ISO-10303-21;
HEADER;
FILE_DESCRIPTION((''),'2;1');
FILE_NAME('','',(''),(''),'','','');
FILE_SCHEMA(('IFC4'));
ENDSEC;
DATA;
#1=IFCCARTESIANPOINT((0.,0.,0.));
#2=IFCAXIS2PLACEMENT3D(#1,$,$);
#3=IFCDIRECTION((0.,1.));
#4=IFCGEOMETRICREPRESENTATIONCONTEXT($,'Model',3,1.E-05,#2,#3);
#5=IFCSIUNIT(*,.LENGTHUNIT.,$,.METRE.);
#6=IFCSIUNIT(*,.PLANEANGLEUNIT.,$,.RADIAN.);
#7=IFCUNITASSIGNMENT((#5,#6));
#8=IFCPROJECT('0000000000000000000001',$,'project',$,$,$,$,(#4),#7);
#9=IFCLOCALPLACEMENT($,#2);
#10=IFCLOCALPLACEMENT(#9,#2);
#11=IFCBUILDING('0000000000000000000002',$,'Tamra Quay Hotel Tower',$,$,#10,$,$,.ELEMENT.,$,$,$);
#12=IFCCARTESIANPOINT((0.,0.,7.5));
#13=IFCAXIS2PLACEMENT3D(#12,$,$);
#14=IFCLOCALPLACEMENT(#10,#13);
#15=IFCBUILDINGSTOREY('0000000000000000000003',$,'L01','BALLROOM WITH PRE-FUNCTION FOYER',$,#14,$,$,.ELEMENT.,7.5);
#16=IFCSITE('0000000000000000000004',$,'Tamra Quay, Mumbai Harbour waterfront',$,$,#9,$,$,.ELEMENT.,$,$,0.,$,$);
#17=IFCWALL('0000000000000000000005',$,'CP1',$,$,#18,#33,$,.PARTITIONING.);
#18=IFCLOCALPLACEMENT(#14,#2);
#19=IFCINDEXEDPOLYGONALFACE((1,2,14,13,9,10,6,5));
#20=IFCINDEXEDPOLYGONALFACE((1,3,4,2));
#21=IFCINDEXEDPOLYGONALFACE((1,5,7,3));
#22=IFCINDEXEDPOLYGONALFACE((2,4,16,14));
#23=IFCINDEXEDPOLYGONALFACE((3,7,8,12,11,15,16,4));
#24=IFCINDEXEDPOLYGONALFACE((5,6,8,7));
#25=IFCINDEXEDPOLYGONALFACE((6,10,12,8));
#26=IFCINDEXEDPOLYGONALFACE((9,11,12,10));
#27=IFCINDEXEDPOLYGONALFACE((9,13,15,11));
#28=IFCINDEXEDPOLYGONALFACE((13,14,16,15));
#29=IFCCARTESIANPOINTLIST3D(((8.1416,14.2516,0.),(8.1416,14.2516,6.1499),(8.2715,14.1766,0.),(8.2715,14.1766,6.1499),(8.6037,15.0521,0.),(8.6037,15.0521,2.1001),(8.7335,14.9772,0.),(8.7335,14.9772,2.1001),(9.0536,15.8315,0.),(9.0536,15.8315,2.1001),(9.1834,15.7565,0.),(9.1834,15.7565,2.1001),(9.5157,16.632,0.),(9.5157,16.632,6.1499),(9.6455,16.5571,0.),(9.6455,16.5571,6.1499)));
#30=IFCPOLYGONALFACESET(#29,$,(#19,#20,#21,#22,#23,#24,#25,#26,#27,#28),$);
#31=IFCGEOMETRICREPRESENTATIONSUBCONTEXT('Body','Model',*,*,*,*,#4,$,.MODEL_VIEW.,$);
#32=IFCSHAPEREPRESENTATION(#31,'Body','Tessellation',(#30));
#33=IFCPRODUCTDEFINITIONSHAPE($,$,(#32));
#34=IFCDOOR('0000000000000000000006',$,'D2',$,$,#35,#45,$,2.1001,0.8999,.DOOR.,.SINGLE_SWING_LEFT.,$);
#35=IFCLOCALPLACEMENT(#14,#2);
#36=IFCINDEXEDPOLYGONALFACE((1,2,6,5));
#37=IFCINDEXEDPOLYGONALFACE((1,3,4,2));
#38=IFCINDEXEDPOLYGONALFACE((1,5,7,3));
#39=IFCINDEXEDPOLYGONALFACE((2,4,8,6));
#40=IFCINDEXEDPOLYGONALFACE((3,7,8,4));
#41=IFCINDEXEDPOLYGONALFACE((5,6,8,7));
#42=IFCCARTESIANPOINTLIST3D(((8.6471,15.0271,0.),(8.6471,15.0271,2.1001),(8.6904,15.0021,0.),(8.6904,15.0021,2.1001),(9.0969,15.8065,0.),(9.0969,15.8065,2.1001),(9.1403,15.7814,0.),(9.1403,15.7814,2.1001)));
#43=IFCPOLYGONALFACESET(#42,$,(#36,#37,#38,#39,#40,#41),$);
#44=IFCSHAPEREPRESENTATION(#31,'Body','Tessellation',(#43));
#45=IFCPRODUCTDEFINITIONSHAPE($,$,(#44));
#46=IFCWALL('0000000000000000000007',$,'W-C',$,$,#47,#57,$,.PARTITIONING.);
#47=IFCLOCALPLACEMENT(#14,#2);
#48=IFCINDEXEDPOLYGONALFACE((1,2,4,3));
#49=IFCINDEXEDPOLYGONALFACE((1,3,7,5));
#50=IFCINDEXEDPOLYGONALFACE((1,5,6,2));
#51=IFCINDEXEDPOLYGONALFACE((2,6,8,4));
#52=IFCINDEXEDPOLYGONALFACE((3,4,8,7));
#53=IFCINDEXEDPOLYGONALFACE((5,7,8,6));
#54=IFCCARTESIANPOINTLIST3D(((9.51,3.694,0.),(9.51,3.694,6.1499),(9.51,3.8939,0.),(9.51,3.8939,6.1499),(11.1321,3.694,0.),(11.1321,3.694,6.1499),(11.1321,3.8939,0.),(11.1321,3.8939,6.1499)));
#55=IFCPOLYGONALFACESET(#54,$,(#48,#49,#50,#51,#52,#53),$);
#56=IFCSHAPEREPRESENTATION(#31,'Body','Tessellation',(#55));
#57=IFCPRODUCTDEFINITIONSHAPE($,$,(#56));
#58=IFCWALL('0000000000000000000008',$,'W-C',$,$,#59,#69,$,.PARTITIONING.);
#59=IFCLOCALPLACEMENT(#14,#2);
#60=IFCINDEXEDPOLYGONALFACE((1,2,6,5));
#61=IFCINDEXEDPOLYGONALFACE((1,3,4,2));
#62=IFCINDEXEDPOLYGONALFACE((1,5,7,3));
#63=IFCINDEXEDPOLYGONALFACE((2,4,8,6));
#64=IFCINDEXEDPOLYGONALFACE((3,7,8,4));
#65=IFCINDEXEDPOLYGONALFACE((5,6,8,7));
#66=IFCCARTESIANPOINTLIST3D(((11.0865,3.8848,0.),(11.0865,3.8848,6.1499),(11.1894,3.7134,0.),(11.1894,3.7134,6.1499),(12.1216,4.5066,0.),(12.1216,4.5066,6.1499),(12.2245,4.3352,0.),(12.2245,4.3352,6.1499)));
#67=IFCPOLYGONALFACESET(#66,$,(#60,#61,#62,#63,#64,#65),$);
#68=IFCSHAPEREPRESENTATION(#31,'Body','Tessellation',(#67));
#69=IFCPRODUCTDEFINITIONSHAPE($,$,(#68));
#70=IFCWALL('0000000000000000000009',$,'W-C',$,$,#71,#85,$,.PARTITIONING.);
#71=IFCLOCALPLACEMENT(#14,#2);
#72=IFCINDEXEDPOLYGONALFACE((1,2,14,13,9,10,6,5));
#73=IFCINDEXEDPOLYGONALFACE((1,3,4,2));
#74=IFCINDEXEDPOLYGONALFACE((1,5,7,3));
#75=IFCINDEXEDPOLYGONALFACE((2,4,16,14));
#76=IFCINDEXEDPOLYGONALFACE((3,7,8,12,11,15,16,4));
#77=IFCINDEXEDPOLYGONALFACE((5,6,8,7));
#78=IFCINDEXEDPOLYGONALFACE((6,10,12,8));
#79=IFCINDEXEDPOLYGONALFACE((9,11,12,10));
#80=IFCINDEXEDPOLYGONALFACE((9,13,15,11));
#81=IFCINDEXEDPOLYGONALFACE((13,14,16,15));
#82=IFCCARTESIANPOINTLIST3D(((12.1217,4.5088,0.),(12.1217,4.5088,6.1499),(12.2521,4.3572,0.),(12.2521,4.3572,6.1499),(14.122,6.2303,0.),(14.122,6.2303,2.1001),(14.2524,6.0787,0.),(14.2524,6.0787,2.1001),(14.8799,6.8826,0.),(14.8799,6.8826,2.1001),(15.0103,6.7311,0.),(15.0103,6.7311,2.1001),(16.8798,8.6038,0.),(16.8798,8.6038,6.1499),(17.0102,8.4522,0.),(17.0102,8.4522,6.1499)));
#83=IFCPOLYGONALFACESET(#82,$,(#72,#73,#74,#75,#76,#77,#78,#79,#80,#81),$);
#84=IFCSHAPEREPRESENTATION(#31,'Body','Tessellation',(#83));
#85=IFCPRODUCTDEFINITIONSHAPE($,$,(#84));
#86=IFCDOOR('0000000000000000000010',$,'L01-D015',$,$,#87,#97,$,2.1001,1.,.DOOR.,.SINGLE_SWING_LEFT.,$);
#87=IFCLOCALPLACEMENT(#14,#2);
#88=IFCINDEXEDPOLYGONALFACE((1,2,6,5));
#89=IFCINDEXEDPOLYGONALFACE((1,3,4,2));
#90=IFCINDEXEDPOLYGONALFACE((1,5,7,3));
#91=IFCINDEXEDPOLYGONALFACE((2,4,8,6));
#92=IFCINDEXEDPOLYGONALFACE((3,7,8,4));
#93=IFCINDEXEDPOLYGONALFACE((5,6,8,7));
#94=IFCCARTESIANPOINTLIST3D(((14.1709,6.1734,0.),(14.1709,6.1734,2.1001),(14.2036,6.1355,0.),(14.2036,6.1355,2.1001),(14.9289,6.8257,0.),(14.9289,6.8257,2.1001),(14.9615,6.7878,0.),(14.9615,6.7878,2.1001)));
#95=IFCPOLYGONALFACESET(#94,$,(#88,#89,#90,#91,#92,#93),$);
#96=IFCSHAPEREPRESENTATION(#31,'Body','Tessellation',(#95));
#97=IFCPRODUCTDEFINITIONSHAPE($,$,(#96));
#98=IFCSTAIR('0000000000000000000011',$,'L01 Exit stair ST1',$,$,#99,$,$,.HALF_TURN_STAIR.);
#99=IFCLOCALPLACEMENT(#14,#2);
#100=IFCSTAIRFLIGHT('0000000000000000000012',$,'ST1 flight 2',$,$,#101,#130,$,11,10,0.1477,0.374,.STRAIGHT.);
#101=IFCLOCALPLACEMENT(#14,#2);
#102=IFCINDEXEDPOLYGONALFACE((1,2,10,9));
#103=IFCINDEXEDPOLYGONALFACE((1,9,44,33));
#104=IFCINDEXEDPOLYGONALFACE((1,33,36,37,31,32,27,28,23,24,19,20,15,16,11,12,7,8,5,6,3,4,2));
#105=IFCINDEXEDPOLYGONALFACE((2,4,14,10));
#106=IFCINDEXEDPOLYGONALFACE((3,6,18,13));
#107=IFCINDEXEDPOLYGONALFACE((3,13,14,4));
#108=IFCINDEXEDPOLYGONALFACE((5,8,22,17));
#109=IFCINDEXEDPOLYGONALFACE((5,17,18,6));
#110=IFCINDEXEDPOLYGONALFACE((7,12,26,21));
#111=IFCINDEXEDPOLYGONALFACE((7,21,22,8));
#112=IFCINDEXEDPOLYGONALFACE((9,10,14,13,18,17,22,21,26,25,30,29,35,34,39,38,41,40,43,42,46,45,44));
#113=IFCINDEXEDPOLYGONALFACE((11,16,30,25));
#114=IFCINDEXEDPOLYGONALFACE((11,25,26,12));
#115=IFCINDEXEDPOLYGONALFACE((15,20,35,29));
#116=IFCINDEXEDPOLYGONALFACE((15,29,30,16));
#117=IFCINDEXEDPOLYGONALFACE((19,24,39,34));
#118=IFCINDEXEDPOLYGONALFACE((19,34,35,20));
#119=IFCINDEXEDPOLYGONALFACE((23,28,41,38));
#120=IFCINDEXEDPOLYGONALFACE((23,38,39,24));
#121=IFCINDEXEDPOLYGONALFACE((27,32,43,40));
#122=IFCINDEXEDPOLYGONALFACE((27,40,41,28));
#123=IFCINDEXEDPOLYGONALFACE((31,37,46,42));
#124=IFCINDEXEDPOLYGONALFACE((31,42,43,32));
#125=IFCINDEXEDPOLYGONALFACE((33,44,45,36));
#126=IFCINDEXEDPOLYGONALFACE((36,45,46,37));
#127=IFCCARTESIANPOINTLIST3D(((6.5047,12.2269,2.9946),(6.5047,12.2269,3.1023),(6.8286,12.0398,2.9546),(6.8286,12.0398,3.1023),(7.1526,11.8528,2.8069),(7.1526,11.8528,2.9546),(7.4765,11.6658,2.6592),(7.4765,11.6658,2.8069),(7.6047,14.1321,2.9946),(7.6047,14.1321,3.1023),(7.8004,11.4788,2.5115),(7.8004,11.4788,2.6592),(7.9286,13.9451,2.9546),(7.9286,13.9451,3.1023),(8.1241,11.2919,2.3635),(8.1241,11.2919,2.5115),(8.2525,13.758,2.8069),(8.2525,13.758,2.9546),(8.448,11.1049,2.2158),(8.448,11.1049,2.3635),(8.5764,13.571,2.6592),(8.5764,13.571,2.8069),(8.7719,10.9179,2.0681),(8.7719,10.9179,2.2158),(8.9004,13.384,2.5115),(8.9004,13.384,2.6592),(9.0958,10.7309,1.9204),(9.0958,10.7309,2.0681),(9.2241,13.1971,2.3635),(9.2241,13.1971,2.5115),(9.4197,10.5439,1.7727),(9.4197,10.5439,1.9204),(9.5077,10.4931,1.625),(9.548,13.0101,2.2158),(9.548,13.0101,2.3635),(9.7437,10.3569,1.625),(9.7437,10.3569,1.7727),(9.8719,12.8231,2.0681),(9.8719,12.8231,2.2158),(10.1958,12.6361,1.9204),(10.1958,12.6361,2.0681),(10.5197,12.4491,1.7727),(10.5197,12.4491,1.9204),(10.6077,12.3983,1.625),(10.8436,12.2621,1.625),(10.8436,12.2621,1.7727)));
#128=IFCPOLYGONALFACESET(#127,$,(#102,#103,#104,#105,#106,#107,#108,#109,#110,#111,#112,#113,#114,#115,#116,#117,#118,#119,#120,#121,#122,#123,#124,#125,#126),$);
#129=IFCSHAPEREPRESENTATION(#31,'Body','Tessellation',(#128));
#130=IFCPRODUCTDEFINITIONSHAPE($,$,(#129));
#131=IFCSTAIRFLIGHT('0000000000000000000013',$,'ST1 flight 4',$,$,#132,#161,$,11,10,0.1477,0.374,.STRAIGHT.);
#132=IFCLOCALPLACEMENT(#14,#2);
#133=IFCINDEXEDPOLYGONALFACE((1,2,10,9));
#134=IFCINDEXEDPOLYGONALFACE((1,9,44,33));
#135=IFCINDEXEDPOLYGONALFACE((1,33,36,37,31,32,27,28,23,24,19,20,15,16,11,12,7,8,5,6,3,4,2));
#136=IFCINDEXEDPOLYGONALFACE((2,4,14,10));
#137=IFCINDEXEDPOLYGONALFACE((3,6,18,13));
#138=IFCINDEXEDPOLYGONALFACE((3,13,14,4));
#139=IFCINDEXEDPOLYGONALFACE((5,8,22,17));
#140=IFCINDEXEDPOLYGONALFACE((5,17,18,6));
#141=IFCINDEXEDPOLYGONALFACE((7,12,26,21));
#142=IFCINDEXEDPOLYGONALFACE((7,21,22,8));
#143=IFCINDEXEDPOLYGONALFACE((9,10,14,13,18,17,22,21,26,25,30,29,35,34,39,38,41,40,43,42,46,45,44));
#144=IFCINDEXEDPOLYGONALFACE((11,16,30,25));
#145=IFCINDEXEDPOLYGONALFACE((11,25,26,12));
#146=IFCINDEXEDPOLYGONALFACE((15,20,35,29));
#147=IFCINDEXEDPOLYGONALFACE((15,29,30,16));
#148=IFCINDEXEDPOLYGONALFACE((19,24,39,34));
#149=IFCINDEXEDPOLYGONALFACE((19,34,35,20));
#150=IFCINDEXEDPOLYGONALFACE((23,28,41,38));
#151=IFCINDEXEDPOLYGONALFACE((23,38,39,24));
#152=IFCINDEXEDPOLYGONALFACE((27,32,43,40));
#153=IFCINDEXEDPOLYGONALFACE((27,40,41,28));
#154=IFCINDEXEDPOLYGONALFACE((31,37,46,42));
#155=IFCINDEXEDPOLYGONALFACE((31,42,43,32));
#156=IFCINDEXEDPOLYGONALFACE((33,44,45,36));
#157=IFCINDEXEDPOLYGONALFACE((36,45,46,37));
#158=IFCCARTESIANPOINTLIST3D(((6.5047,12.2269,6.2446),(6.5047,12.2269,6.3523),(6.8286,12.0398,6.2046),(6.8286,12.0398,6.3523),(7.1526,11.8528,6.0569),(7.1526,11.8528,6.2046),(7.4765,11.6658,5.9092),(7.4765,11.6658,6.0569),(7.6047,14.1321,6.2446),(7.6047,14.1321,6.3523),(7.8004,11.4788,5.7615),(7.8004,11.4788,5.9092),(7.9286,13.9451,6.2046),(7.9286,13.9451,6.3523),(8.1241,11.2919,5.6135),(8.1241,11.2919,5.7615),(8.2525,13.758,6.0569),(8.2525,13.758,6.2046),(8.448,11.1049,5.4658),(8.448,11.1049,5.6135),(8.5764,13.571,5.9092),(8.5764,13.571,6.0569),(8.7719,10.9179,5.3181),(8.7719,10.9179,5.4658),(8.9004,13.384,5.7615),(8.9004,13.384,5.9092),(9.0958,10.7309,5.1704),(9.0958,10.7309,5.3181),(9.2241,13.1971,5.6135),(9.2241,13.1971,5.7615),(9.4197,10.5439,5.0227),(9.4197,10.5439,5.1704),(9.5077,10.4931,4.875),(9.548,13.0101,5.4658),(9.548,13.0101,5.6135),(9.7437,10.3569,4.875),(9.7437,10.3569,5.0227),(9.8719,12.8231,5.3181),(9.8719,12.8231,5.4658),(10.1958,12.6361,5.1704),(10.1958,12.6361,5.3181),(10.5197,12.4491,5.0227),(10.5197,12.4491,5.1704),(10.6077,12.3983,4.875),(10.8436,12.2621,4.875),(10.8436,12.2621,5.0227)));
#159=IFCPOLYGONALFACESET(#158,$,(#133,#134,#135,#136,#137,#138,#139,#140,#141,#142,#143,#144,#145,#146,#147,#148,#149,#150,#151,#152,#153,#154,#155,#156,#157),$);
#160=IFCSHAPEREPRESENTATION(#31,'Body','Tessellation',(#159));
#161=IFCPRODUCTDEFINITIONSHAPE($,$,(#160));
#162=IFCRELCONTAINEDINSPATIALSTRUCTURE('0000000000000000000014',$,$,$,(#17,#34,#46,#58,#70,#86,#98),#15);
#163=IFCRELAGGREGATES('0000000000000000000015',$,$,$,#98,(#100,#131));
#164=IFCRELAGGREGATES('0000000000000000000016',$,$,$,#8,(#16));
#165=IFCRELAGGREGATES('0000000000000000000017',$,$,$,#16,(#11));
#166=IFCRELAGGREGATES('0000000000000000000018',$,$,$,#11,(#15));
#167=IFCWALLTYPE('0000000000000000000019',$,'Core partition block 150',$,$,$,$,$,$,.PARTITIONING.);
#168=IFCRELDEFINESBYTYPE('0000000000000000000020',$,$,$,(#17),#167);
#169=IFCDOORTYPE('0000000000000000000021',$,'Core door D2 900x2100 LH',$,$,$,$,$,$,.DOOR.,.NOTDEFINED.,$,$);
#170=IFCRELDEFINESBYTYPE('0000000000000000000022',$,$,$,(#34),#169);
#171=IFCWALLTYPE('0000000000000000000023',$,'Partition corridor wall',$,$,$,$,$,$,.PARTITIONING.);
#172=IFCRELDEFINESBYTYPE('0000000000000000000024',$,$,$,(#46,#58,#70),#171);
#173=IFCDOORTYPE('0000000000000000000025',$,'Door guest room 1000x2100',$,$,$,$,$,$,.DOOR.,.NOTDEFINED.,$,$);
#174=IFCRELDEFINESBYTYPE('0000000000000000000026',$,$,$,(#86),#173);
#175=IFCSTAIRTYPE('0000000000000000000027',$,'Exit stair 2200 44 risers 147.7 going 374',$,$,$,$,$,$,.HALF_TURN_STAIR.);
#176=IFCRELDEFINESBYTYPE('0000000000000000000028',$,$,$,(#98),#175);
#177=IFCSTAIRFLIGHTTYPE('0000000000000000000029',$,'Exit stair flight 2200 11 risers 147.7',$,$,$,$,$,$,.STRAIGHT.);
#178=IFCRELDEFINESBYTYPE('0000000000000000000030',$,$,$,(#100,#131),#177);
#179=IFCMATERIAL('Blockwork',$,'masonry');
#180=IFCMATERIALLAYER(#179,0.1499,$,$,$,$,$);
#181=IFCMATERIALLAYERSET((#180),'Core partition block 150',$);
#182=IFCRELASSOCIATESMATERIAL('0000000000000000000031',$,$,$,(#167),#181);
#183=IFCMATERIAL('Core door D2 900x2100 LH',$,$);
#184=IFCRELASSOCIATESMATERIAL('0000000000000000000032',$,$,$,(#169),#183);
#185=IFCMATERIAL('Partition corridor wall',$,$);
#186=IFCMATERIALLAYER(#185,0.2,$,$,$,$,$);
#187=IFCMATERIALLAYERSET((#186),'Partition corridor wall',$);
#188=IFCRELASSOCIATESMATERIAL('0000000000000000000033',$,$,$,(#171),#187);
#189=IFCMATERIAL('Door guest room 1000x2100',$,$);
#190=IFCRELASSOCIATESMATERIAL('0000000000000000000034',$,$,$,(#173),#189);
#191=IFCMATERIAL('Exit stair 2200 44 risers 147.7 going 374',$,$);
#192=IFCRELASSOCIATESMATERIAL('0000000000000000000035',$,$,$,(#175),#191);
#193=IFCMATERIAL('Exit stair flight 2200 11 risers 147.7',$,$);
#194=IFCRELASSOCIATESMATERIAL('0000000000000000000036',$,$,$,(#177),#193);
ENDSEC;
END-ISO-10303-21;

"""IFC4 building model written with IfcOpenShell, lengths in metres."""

from ifc_helpers import new_model, si_unit, direction, frame, frame_2d, origin, place, context, subcontext, project, spatial, polyline, rectangle, outline, extrude, material, layer, layer_set, type_object, element, fill, aggregate, save


model = new_model("IFC4")

# Units and contexts
model_context = context("Model", 3, precision=1e-05, world=origin(), true_north=direction((0.0, 1.0)))
body_context = subcontext(model_context, "Body", "Model", "MODEL_VIEW")
ifc_project = project(units=[si_unit("LENGTHUNIT", "METRE"), si_unit("PLANEANGLEUNIT", "RADIAN")], contexts=[model_context])

# Site, building, storey
site_placement = place(None, origin())
site = spatial("IfcSite", under=ifc_project, at=site_placement, Name="Tamra Quay, Mumbai Harbour waterfront", CompositionType="ELEMENT", RefElevation=0.0)
building_placement = place(site_placement, origin())
building = spatial("IfcBuilding", under=site, at=building_placement, Name="Tamra Quay Hotel Tower", CompositionType="ELEMENT")
storey_placement = place(building_placement, frame((0.0, 0.0, 7.5)))
storey = spatial("IfcBuildingStorey", under=building, at=storey_placement, Name="L01", Description="BALLROOM WITH PRE-FUNCTION FOYER", CompositionType="ELEMENT", Elevation=7.5)

# Wall, opening, door
ifc_material_1 = material(Name="Blockwork", Category="masonry")
ifc_layer_1 = layer(ifc_material_1, 0.1499)
ifc_layer_set_1 = layer_set([ifc_layer_1], Name="Core partition block 150")
wall_type_1 = type_object("IfcWallType", Name="Core partition block 150", PredefinedType="PARTITIONING", material=ifc_layer_set_1)
wall_1_placement = place(storey_placement, frame((8.2065, 14.2141, 0.0), z_axis=(0.0, 0.0, 1.0), x_axis=(0.499922, 0.86607, 0.0)))
wall_1 = element("IfcWall", 1, at=wall_1_placement, inside=storey, type_object=wall_type_1, Name="CP1", PredefinedType="PARTITIONING", context=body_context, shape_type="SweptSolid", body=[
    extrude(rectangle(XDim=2.7485, YDim=0.1499, at=frame_2d((1.3743, 0.0))), origin(), (0.0, 0.0, 1.0), 6.1499),
])
opening_1_placement = place(wall_1_placement, frame((0.9243, 0.0, 0.0)))
opening_1 = element("IfcOpeningElement", 2, at=opening_1_placement, cuts=wall_1, PredefinedType="OPENING", context=body_context, shape_type="SweptSolid", body=[
    extrude(rectangle(XDim=0.8999, YDim=2.1001, at=frame_2d((0.45, 1.05))), frame((0.0, 0.085, 0.0), z_axis=(0.0, -1.0, 0.0), x_axis=(1.0, 0.0, 0.0)), (0.0, 0.0, 1.0), 0.1699),
])
ifc_material_2 = material(Name="Core door D2 900x2100 LH")
door_type_1 = type_object("IfcDoorType", Name="Core door D2 900x2100 LH", OperationType="NOTDEFINED", PredefinedType="DOOR", material=ifc_material_2)
door_1_placement = place(opening_1_placement, origin())
door_1 = element("IfcDoor", 3, at=door_1_placement, inside=storey, type_object=door_type_1, Name="D2", OperationType="SINGLE_SWING_LEFT", OverallHeight=2.1001, OverallWidth=0.8999, PredefinedType="DOOR", context=body_context, shape_type="SweptSolid", body=[
    extrude(rectangle(XDim=0.8999, YDim=2.1001, at=frame_2d((0.45, 1.05))), frame((0.0, 0.0249, 0.0), z_axis=(0.0, -1.0, 0.0), x_axis=(1.0, 0.0, 0.0)), (0.0, 0.0, 1.0), 0.05),
])
fill(opening_1, door_1)

# Walls
ifc_material_3 = material(Name="Partition corridor wall")
ifc_layer_2 = layer(ifc_material_3, 0.2)
ifc_layer_set_2 = layer_set([ifc_layer_2], Name="Partition corridor wall")
wall_type_2 = type_object("IfcWallType", Name="Partition corridor wall", PredefinedType="PARTITIONING", material=ifc_layer_set_2)
wall_2_placement = place(storey_placement, frame((9.51, 3.7939, 0.0), z_axis=(0.0, 0.0, 1.0), x_axis=(1.0, 0.0, 0.0)))
element("IfcWall", 4, at=wall_2_placement, inside=storey, type_object=wall_type_2, Name="W-C", PredefinedType="PARTITIONING", context=body_context, shape_type="SweptSolid", body=[
    extrude(rectangle(XDim=1.6221, YDim=0.2, at=frame_2d((0.811, 0.0))), origin(), (0.0, 0.0, 1.0), 6.1499),
])
wall_3_placement = place(storey_placement, frame((11.1379, 3.7991, 0.0), z_axis=(0.0, 0.0, 1.0), x_axis=(0.857225, 0.514942, 0.0)))
element("IfcWall", 5, at=wall_3_placement, inside=storey, type_object=wall_type_2, Name="W-C", PredefinedType="PARTITIONING", context=body_context, shape_type="SweptSolid", body=[
    extrude(rectangle(XDim=1.2075, YDim=0.2, at=frame_2d((0.6038, 0.0))), origin(), (0.0, 0.0, 1.0), 6.1499),
])

# Wall, opening, door
wall_4_placement = place(storey_placement, frame((12.187, 4.4331, 0.0), z_axis=(0.0, 0.0, 1.0), x_axis=(0.757946, 0.652318, 0.0)))
wall_4 = element("IfcWall", 6, at=wall_4_placement, inside=storey, type_object=wall_type_2, Name="W-C", PredefinedType="PARTITIONING", context=body_context, shape_type="SweptSolid", body=[
    extrude(rectangle(XDim=6.2776, YDim=0.2, at=frame_2d((3.1387, 0.0))), origin(), (0.0, 0.0, 1.0), 6.1499),
])
opening_2_placement = place(wall_4_placement, frame((2.6389, 0.0, 0.0)))
opening_2 = element("IfcOpeningElement", 7, at=opening_2_placement, cuts=wall_4, PredefinedType="OPENING", context=body_context, shape_type="SweptSolid", body=[
    extrude(rectangle(XDim=1.0, YDim=2.1001, at=frame_2d((0.5, 1.05))), frame((0.0, 0.1099, 0.0), z_axis=(0.0, -1.0, 0.0), x_axis=(1.0, 0.0, 0.0)), (0.0, 0.0, 1.0), 0.22),
])
ifc_material_4 = material(Name="Door guest room 1000x2100")
door_type_2 = type_object("IfcDoorType", Name="Door guest room 1000x2100", OperationType="NOTDEFINED", PredefinedType="DOOR", material=ifc_material_4)
door_2_placement = place(opening_2_placement, origin())
door_2 = element("IfcDoor", 8, at=door_2_placement, inside=storey, type_object=door_type_2, Name="L01-D015", OperationType="SINGLE_SWING_LEFT", OverallHeight=2.1001, OverallWidth=1.0, PredefinedType="DOOR", context=body_context, shape_type="SweptSolid", body=[
    extrude(rectangle(XDim=1.0, YDim=2.1001, at=frame_2d((0.5, 1.05))), frame((0.0, 0.0249, 0.0), z_axis=(0.0, -1.0, 0.0), x_axis=(1.0, 0.0, 0.0)), (0.0, 0.0, 1.0), 0.05),
])
fill(opening_2, door_2)

# Stair, stair flights
ifc_material_5 = material(Name="Exit stair 2200 44 risers 147.7 going 374")
stair_type = type_object("IfcStairType", Name="Exit stair 2200 44 risers 147.7 going 374", PredefinedType="HALF_TURN_STAIR", material=ifc_material_5)
stair_placement = place(storey_placement, origin())
stair = element("IfcStair", 9, at=stair_placement, inside=storey, type_object=stair_type, Name="L01 Exit stair ST1", PredefinedType="HALF_TURN_STAIR")
ifc_material_6 = material(Name="Exit stair flight 2200 11 risers 147.7")
stair_flight_type = type_object("IfcStairFlightType", Name="Exit stair flight 2200 11 risers 147.7", PredefinedType="STRAIGHT", material=ifc_material_6)
stair_flight_1_placement = place(storey_placement, frame((10.2937, 11.3096, 1.625), z_axis=(0.0, 0.0, 1.0), x_axis=(-0.866025, 0.5, 0.0)))
stair_flight_1 = element("IfcStairFlight", 10, at=stair_flight_1_placement, type_object=stair_flight_type, Name="ST1 flight 2", NumberOfRisers=11, NumberOfTreads=10, PredefinedType="STRAIGHT", RiserHeight=0.1477, TreadLength=0.374, context=body_context, shape_type="SweptSolid", body=[
    extrude(outline(polyline([(0.0, 0.0), (0.0, 0.1477), (0.374, 0.1477), (0.374, 0.2954), (0.748, 0.2954), (0.748, 0.4431), (1.1221, 0.4431), (1.1221, 0.5908), (1.4961, 0.5908), (1.4961, 0.7385), (1.8701, 0.7385), (1.8701, 0.8865), (2.2439, 0.8865), (2.2439, 1.0342), (2.6179, 1.0342), (2.6179, 1.1819), (2.9919, 1.1819), (2.9919, 1.3296), (3.366, 1.3296), (3.366, 1.4773), (3.74, 1.4773), (3.74, 1.625), (3.74, 1.3696), (0.2725, 0.0), (0.0, 0.0)])), frame((0.0, 1.1001, 0.0), z_axis=(0.0, -1.0, 0.0), x_axis=(1.0, 0.0, 0.0)), (0.0, 0.0, 1.0), 2.2),
])
stair_flight_2_placement = place(storey_placement, frame((10.2937, 11.3096, 4.875), z_axis=(0.0, 0.0, 1.0), x_axis=(-0.866025, 0.5, 0.0)))
stair_flight_2 = element("IfcStairFlight", 11, at=stair_flight_2_placement, type_object=stair_flight_type, Name="ST1 flight 4", NumberOfRisers=11, NumberOfTreads=10, PredefinedType="STRAIGHT", RiserHeight=0.1477, TreadLength=0.374, context=body_context, shape_type="SweptSolid", body=[
    extrude(outline(polyline([(0.0, 0.0), (0.0, 0.1477), (0.374, 0.1477), (0.374, 0.2954), (0.748, 0.2954), (0.748, 0.4431), (1.1221, 0.4431), (1.1221, 0.5908), (1.4961, 0.5908), (1.4961, 0.7385), (1.8701, 0.7385), (1.8701, 0.8865), (2.2439, 0.8865), (2.2439, 1.0342), (2.6179, 1.0342), (2.6179, 1.1819), (2.9919, 1.1819), (2.9919, 1.3296), (3.366, 1.3296), (3.366, 1.4773), (3.74, 1.4773), (3.74, 1.625), (3.74, 1.3696), (0.2725, 0.0), (0.0, 0.0)])), frame((0.0, 1.1001, 0.0), z_axis=(0.0, -1.0, 0.0), x_axis=(1.0, 0.0, 0.0)), (0.0, 0.0, 1.0), 2.2),
])
aggregate(stair, [stair_flight_1, stair_flight_2])

save(model, "model.ifc")
